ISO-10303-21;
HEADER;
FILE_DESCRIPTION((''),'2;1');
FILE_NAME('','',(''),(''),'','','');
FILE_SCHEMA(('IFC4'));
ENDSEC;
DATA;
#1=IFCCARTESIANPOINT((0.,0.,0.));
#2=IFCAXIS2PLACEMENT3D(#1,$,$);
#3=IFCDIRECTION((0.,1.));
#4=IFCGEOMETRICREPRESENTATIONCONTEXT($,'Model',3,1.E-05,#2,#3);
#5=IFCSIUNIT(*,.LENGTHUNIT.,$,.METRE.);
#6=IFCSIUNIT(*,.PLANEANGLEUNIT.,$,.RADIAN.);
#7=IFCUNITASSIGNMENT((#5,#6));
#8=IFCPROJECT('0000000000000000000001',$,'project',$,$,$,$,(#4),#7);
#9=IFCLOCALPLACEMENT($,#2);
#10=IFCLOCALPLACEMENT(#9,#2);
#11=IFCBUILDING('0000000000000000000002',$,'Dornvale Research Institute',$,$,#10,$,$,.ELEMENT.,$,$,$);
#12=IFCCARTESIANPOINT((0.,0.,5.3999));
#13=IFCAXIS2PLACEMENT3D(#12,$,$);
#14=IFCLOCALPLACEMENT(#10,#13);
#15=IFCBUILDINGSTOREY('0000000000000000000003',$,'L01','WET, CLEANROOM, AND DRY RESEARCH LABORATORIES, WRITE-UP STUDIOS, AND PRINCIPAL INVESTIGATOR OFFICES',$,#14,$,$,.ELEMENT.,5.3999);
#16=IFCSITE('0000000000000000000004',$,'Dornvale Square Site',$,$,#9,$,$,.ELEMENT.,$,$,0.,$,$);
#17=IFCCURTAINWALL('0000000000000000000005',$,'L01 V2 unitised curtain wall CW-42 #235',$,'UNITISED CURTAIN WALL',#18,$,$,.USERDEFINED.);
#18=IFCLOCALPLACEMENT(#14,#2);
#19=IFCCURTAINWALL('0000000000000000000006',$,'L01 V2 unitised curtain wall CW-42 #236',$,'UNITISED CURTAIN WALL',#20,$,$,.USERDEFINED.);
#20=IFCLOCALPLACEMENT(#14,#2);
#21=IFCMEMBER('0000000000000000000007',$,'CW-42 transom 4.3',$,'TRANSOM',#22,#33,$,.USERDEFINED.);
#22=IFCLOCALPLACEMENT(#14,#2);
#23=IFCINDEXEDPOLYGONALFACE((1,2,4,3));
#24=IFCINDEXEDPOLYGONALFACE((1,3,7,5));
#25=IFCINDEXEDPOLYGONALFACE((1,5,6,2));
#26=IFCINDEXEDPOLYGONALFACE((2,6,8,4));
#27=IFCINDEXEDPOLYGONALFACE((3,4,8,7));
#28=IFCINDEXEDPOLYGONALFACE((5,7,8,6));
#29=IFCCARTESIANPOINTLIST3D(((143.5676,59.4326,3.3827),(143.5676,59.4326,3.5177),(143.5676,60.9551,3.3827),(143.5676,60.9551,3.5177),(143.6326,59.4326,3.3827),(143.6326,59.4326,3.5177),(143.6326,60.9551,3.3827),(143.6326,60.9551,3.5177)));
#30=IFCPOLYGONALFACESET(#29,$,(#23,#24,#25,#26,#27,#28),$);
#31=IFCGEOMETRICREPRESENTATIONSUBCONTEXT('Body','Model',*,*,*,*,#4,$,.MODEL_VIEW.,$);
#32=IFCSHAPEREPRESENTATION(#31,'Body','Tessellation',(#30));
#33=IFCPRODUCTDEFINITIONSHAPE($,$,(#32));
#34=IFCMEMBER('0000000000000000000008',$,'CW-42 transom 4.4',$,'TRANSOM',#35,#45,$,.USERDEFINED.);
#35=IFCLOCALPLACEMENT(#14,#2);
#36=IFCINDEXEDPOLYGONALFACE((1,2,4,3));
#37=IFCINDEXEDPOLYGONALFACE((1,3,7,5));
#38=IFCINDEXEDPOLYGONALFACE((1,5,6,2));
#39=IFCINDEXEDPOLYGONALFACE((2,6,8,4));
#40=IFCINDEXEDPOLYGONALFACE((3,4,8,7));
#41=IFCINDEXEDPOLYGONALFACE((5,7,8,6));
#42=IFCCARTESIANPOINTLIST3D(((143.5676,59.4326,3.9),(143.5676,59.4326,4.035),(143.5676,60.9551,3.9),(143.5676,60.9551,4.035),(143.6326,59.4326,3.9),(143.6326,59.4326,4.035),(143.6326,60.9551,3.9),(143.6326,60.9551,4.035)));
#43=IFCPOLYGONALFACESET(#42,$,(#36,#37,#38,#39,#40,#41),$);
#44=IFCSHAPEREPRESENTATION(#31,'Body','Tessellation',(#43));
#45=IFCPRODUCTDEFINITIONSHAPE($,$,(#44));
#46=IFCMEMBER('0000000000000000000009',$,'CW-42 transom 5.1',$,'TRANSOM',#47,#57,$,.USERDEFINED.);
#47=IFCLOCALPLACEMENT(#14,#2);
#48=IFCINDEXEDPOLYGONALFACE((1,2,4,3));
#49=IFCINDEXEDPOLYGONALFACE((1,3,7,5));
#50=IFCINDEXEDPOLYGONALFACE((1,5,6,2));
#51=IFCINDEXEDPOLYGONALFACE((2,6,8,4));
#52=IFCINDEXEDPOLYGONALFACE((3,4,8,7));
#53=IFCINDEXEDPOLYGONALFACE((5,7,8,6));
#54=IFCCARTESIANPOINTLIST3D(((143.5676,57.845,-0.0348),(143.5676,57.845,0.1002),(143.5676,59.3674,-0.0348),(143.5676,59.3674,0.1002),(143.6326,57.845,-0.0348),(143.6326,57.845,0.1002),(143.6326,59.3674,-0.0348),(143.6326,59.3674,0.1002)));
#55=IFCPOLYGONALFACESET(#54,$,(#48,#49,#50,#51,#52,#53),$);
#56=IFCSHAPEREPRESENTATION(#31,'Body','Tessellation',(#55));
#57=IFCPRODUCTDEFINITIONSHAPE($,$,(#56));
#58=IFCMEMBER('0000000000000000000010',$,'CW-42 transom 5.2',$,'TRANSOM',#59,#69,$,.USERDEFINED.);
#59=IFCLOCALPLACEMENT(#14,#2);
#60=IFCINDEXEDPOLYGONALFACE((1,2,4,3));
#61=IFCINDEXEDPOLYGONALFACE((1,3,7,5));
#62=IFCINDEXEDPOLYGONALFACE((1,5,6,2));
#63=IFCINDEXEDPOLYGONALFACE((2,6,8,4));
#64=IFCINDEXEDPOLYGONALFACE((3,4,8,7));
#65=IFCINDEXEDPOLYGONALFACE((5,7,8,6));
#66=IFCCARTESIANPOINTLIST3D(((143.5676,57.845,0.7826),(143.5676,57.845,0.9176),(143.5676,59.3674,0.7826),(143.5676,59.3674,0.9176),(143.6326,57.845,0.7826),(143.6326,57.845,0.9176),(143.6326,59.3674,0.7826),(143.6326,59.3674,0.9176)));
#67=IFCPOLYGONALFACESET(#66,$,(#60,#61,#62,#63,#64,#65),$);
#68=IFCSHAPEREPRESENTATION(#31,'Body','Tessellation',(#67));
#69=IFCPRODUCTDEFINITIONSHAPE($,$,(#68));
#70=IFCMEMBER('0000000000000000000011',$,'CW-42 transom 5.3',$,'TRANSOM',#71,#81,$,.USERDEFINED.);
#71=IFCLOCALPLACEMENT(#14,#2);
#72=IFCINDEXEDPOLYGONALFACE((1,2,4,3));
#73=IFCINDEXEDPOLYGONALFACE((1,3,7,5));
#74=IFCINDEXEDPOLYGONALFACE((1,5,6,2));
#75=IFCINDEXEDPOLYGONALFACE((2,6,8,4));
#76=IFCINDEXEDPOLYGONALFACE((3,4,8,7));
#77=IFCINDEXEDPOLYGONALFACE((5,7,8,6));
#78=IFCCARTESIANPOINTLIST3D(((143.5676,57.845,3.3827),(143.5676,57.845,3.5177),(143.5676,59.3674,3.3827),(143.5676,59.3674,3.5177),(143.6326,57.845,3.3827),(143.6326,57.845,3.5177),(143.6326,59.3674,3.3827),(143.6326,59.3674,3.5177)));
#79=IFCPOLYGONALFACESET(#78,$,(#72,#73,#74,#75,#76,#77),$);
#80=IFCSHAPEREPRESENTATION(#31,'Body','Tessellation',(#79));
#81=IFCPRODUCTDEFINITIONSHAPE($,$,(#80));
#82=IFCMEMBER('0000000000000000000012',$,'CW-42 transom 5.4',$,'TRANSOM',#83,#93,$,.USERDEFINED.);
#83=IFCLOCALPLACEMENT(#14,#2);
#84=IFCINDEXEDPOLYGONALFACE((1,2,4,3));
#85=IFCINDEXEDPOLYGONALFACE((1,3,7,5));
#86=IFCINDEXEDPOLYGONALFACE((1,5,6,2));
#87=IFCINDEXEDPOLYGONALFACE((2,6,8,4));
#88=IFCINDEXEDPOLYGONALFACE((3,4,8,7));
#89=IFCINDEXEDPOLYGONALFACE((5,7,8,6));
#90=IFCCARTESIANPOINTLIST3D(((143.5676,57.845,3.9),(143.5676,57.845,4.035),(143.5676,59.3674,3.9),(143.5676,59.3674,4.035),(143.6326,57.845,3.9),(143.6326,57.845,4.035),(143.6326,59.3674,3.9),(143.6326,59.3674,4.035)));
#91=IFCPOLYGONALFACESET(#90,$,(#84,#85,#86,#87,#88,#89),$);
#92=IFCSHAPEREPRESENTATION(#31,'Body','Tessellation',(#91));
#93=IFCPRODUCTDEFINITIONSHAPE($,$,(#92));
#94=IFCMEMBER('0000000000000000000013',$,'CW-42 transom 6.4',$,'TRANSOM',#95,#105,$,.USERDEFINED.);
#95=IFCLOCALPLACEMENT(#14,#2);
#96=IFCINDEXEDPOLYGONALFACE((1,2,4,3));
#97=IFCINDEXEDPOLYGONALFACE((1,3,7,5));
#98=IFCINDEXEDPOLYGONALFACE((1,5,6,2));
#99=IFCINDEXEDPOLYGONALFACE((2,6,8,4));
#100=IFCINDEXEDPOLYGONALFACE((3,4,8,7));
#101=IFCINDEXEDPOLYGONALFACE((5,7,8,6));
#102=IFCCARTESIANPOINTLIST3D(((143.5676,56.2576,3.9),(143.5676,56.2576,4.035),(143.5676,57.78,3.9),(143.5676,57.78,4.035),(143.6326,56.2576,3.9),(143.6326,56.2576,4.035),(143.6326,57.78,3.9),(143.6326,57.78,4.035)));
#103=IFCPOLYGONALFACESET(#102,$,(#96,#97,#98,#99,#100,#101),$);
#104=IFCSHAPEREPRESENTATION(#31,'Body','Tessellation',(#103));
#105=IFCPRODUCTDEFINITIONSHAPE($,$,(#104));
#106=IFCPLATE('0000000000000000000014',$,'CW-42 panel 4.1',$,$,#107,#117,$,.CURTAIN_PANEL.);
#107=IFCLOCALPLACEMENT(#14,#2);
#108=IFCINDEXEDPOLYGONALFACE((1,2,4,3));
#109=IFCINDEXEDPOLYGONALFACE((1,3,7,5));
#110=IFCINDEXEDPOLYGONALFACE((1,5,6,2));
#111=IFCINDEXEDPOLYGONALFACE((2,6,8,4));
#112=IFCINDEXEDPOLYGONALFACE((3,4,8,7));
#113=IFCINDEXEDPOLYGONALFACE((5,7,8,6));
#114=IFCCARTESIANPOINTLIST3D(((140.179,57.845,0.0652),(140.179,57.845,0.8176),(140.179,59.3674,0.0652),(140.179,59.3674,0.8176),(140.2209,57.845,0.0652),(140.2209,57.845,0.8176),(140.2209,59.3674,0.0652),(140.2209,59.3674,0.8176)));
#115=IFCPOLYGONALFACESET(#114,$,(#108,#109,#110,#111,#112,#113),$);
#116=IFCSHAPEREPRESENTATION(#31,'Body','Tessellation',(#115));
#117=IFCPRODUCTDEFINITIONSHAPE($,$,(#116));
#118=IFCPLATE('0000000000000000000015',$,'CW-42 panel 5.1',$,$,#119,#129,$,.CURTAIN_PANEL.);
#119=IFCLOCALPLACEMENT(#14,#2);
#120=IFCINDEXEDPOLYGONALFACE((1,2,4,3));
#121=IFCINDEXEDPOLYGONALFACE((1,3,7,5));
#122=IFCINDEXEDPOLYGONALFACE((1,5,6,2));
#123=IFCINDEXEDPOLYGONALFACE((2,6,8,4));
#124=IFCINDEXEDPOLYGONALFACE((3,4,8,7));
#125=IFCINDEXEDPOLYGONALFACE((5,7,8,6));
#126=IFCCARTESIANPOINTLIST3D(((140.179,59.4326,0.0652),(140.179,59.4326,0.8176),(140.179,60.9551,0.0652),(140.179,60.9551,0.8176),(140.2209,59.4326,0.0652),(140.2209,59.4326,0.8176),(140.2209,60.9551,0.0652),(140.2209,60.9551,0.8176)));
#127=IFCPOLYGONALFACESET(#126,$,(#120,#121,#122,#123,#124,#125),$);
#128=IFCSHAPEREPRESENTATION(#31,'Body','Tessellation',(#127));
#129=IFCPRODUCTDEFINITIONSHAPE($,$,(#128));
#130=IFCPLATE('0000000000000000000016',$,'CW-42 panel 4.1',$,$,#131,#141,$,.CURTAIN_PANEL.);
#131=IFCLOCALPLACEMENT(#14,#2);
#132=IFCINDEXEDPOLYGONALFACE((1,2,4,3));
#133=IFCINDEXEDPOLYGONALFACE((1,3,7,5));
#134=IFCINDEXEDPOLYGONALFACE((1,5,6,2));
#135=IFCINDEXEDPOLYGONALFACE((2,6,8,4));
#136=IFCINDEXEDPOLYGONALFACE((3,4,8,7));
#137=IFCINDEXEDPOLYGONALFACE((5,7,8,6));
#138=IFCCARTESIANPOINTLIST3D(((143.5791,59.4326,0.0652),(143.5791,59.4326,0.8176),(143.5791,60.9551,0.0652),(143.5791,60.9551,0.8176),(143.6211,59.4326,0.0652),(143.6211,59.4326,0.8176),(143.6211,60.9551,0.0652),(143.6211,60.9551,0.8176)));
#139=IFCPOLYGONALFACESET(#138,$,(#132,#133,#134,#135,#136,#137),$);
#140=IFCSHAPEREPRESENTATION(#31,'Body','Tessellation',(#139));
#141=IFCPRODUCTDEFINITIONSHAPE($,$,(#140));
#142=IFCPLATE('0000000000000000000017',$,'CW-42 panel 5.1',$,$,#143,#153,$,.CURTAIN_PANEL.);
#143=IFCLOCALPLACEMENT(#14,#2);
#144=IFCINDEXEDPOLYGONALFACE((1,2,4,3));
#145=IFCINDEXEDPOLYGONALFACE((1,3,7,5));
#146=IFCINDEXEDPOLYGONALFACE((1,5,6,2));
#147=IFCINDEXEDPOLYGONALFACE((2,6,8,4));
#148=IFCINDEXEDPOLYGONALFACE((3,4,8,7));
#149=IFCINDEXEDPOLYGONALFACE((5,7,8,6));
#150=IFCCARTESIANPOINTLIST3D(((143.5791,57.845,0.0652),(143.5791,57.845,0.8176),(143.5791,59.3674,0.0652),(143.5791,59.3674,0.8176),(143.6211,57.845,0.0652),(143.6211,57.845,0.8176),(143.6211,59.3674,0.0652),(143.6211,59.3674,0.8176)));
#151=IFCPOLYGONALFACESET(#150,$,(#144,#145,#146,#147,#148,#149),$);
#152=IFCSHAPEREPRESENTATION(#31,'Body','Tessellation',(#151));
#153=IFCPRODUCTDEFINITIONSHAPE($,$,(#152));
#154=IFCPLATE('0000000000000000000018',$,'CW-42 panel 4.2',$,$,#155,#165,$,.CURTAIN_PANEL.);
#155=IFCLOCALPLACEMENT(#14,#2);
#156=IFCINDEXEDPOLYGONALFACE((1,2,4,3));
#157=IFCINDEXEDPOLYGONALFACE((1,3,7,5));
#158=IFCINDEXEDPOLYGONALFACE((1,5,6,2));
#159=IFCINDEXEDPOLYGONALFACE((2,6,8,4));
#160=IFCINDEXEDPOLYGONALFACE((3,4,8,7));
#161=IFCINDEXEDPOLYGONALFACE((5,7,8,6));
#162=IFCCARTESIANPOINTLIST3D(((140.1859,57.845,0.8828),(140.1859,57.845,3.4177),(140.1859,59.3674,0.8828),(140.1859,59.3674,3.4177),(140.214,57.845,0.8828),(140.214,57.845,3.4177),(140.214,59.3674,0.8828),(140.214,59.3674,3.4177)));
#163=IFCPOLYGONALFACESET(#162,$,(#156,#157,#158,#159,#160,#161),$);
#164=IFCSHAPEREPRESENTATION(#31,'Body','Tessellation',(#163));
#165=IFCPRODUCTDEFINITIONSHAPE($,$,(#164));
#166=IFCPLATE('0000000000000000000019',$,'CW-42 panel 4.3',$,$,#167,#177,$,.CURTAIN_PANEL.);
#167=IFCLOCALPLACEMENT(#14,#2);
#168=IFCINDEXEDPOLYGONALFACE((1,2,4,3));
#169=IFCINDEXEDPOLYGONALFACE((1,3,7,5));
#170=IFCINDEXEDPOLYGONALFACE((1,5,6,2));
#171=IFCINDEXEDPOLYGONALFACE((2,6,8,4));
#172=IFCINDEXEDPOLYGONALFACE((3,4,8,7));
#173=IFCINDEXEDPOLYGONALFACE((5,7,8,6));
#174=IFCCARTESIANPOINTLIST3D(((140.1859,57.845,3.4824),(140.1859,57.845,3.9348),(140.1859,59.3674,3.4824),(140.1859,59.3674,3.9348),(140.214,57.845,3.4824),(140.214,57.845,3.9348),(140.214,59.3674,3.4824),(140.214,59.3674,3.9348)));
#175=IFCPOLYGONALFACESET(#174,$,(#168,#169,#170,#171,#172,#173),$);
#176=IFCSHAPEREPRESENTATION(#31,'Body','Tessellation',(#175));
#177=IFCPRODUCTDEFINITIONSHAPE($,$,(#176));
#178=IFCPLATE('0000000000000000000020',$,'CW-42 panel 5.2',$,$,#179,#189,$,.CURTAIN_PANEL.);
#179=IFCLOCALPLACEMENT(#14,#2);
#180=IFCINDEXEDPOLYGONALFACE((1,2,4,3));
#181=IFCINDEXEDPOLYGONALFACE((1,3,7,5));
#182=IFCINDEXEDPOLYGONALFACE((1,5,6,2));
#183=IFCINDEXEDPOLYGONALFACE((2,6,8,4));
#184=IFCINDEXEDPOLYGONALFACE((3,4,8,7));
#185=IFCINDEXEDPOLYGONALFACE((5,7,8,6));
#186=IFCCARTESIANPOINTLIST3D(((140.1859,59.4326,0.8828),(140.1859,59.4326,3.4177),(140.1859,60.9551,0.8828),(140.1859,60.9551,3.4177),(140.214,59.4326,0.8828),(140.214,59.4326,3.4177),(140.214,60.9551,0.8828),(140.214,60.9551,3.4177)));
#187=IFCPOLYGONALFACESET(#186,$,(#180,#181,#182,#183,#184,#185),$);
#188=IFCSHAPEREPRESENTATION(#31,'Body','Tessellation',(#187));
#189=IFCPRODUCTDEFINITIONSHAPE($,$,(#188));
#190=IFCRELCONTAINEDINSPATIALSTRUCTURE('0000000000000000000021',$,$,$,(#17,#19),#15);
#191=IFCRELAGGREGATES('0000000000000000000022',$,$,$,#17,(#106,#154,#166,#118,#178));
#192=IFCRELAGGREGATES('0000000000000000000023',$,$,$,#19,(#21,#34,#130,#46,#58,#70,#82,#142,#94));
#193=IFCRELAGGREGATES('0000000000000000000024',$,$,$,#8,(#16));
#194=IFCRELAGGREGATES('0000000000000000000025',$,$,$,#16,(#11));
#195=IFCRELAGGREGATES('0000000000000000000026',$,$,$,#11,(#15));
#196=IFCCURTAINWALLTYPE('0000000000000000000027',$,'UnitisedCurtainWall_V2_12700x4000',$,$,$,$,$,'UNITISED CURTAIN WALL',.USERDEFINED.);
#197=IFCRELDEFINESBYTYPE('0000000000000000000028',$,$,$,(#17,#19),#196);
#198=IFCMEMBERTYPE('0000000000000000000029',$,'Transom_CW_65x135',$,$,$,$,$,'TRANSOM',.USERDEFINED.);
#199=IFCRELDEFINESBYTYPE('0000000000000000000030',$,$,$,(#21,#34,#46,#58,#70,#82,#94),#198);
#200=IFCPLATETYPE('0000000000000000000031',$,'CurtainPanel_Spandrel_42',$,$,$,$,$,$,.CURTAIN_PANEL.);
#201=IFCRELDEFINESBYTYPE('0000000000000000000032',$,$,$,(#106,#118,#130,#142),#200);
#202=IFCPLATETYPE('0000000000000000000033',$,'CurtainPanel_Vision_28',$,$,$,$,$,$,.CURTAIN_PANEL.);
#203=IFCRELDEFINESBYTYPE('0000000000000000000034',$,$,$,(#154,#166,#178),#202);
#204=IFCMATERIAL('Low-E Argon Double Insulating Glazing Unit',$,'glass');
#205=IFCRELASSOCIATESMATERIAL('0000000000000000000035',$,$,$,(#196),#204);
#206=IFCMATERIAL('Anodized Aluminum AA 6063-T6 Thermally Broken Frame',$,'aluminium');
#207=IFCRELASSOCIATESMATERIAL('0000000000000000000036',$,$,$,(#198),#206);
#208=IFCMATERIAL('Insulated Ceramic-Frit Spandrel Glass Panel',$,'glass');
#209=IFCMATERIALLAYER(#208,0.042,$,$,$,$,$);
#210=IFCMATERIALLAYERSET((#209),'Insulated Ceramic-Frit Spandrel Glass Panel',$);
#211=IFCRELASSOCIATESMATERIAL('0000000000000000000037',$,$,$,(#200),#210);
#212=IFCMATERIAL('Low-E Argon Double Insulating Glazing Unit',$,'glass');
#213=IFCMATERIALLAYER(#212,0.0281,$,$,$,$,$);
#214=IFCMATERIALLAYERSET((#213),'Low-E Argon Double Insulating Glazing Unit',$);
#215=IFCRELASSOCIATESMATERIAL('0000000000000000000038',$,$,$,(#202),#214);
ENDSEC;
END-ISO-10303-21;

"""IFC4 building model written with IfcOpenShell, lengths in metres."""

from ifc_helpers import new_model, si_unit, direction, frame, origin, origin_2d, place, context, subcontext, project, spatial, rectangle, extrude, material, layer, layer_set, material_profile, profile_set, type_object, element, aggregate, save


model = new_model("IFC4")

# Units and contexts
model_context = context("Model", 3, precision=1e-05, world=origin(), true_north=direction((0.0, 1.0)))
body_context = subcontext(model_context, "Body", "Model", "MODEL_VIEW")
ifc_project = project(units=[si_unit("LENGTHUNIT", "METRE"), si_unit("PLANEANGLEUNIT", "RADIAN")], contexts=[model_context])

# Site, building, storey
site_placement = place(None, origin())
site = spatial("IfcSite", under=ifc_project, at=site_placement, Name="Dornvale Square Site", CompositionType="ELEMENT", RefElevation=0.0)
building_placement = place(site_placement, origin())
building = spatial("IfcBuilding", under=site, at=building_placement, Name="Dornvale Research Institute", CompositionType="ELEMENT")
storey_placement = place(building_placement, frame((0.0, 0.0, 5.3999)))
storey = spatial("IfcBuildingStorey", under=building, at=storey_placement, Name="L01", Description="WET, CLEANROOM, AND DRY RESEARCH LABORATORIES, WRITE-UP STUDIOS, AND PRINCIPAL INVESTIGATOR OFFICES", CompositionType="ELEMENT", Elevation=5.3999)

# Curtain walls
ifc_material_1 = material(Name="Low-E Argon Double Insulating Glazing Unit", Category="glass")
curtain_wall_type = type_object("IfcCurtainWallType", Name="UnitisedCurtainWall_V2_12700x4000", ElementType="UNITISED CURTAIN WALL", PredefinedType="USERDEFINED", material=ifc_material_1)
curtain_wall_1_placement = place(storey_placement, origin())
curtain_wall_1 = element("IfcCurtainWall", 1, at=curtain_wall_1_placement, inside=storey, type_object=curtain_wall_type, Name="L01 V2 unitised curtain wall CW-42 #235", ObjectType="UNITISED CURTAIN WALL", PredefinedType="USERDEFINED")
curtain_wall_2_placement = place(storey_placement, origin())
curtain_wall_2 = element("IfcCurtainWall", 2, at=curtain_wall_2_placement, inside=storey, type_object=curtain_wall_type, Name="L01 V2 unitised curtain wall CW-42 #236", ObjectType="UNITISED CURTAIN WALL", PredefinedType="USERDEFINED")

# Members
ifc_material_2 = material(Name="Anodized Aluminum AA 6063-T6 Thermally Broken Frame", Category="aluminium")
ifc_material_profile_1 = material_profile(ifc_material_2, rectangle(XDim=0.0649, YDim=0.135, at=origin_2d()), Name="ALU TRANSOM 65x135")
ifc_profile_set_1 = profile_set([ifc_material_profile_1], Name="Anodized Aluminum AA 6063-T6 Thermally Broken Frame")
member_type_1 = type_object("IfcMemberType", Name="Transom_CW_65x135", ElementType="TRANSOM", PredefinedType="USERDEFINED", material=ifc_profile_set_1)
member_1_placement = place(storey_placement, frame((143.6001, 60.9551, 3.4502), z_axis=(0.0, -1.0, 0.0), x_axis=(1.0, 0.0, 0.0)))
member_1 = element("IfcMember", 3, at=member_1_placement, type_object=member_type_1, Name="CW-42 transom 4.3", ObjectType="TRANSOM", PredefinedType="USERDEFINED", context=body_context, shape_type="SweptSolid", body=[
    extrude(rectangle(XDim=0.0649, YDim=0.135, at=origin_2d()), origin(), (0.0, 0.0, 1.0), 1.5225),
])
member_2_placement = place(storey_placement, frame((143.6001, 60.9551, 3.9675), z_axis=(0.0, -1.0, 0.0), x_axis=(1.0, 0.0, 0.0)))
member_2 = element("IfcMember", 4, at=member_2_placement, type_object=member_type_1, Name="CW-42 transom 4.4", ObjectType="TRANSOM", PredefinedType="USERDEFINED", context=body_context, shape_type="SweptSolid", body=[
    extrude(rectangle(XDim=0.0649, YDim=0.135, at=origin_2d()), origin(), (0.0, 0.0, 1.0), 1.5225),
])
member_3_placement = place(storey_placement, frame((143.6001, 59.3674, 0.0327), z_axis=(0.0, -1.0, 0.0), x_axis=(1.0, 0.0, 0.0)))
member_3 = element("IfcMember", 5, at=member_3_placement, type_object=member_type_1, Name="CW-42 transom 5.1", ObjectType="TRANSOM", PredefinedType="USERDEFINED", context=body_context, shape_type="SweptSolid", body=[
    extrude(rectangle(XDim=0.0649, YDim=0.135, at=origin_2d()), origin(), (0.0, 0.0, 1.0), 1.5225),
])
member_4_placement = place(storey_placement, frame((143.6001, 59.3674, 0.8501), z_axis=(0.0, -1.0, 0.0), x_axis=(1.0, 0.0, 0.0)))
member_4 = element("IfcMember", 6, at=member_4_placement, type_object=member_type_1, Name="CW-42 transom 5.2", ObjectType="TRANSOM", PredefinedType="USERDEFINED", context=body_context, shape_type="SweptSolid", body=[
    extrude(rectangle(XDim=0.0649, YDim=0.135, at=origin_2d()), origin(), (0.0, 0.0, 1.0), 1.5225),
])
member_5_placement = place(storey_placement, frame((143.6001, 59.3674, 3.4502), z_axis=(0.0, -1.0, 0.0), x_axis=(1.0, 0.0, 0.0)))
member_5 = element("IfcMember", 7, at=member_5_placement, type_object=member_type_1, Name="CW-42 transom 5.3", ObjectType="TRANSOM", PredefinedType="USERDEFINED", context=body_context, shape_type="SweptSolid", body=[
    extrude(rectangle(XDim=0.0649, YDim=0.135, at=origin_2d()), origin(), (0.0, 0.0, 1.0), 1.5225),
])
member_6_placement = place(storey_placement, frame((143.6001, 59.3674, 3.9675), z_axis=(0.0, -1.0, 0.0), x_axis=(1.0, 0.0, 0.0)))
member_6 = element("IfcMember", 8, at=member_6_placement, type_object=member_type_1, Name="CW-42 transom 5.4", ObjectType="TRANSOM", PredefinedType="USERDEFINED", context=body_context, shape_type="SweptSolid", body=[
    extrude(rectangle(XDim=0.0649, YDim=0.135, at=origin_2d()), origin(), (0.0, 0.0, 1.0), 1.5225),
])
member_7_placement = place(storey_placement, frame((143.6001, 57.78, 3.9675), z_axis=(0.0, -1.0, 0.0), x_axis=(1.0, 0.0, 0.0)))
member_7 = element("IfcMember", 9, at=member_7_placement, type_object=member_type_1, Name="CW-42 transom 6.4", ObjectType="TRANSOM", PredefinedType="USERDEFINED", context=body_context, shape_type="SweptSolid", body=[
    extrude(rectangle(XDim=0.0649, YDim=0.135, at=origin_2d()), origin(), (0.0, 0.0, 1.0), 1.5225),
])

# Plates
ifc_material_3 = material(Name="Insulated Ceramic-Frit Spandrel Glass Panel", Category="glass")
ifc_layer_1 = layer(ifc_material_3, 0.042)
ifc_layer_set_1 = layer_set([ifc_layer_1], Name="Insulated Ceramic-Frit Spandrel Glass Panel")
plate_type_1 = type_object("IfcPlateType", Name="CurtainPanel_Spandrel_42", PredefinedType="CURTAIN_PANEL", material=ifc_layer_set_1)
plate_1_placement = place(storey_placement, frame((140.2, 58.6062, 0.0652), z_axis=(0.0, 0.0, 1.0), x_axis=(0.0, 1.0, 0.0)))
plate_1 = element("IfcPlate", 10, at=plate_1_placement, type_object=plate_type_1, Name="CW-42 panel 4.1", PredefinedType="CURTAIN_PANEL", context=body_context, shape_type="SweptSolid", body=[
    extrude(rectangle(XDim=1.5225, YDim=0.042, at=origin_2d()), origin(), (0.0, 0.0, 1.0), 0.7524),
])
plate_2_placement = place(storey_placement, frame((140.2, 60.1938, 0.0652), z_axis=(0.0, 0.0, 1.0), x_axis=(0.0, 1.0, 0.0)))
plate_2 = element("IfcPlate", 11, at=plate_2_placement, type_object=plate_type_1, Name="CW-42 panel 5.1", PredefinedType="CURTAIN_PANEL", context=body_context, shape_type="SweptSolid", body=[
    extrude(rectangle(XDim=1.5225, YDim=0.042, at=origin_2d()), origin(), (0.0, 0.0, 1.0), 0.7524),
])
plate_3_placement = place(storey_placement, frame((143.6001, 60.1938, 0.0652), z_axis=(0.0, 0.0, 1.0), x_axis=(0.0, -1.0, 0.0)))
plate_3 = element("IfcPlate", 12, at=plate_3_placement, type_object=plate_type_1, Name="CW-42 panel 4.1", PredefinedType="CURTAIN_PANEL", context=body_context, shape_type="SweptSolid", body=[
    extrude(rectangle(XDim=1.5225, YDim=0.042, at=origin_2d()), origin(), (0.0, 0.0, 1.0), 0.7524),
])
plate_4_placement = place(storey_placement, frame((143.6001, 58.6062, 0.0652), z_axis=(0.0, 0.0, 1.0), x_axis=(0.0, -1.0, 0.0)))
plate_4 = element("IfcPlate", 13, at=plate_4_placement, type_object=plate_type_1, Name="CW-42 panel 5.1", PredefinedType="CURTAIN_PANEL", context=body_context, shape_type="SweptSolid", body=[
    extrude(rectangle(XDim=1.5225, YDim=0.042, at=origin_2d()), origin(), (0.0, 0.0, 1.0), 0.7524),
])
ifc_material_4 = material(Name="Low-E Argon Double Insulating Glazing Unit", Category="glass")
ifc_layer_2 = layer(ifc_material_4, 0.0281)
ifc_layer_set_2 = layer_set([ifc_layer_2], Name="Low-E Argon Double Insulating Glazing Unit")
plate_type_2 = type_object("IfcPlateType", Name="CurtainPanel_Vision_28", PredefinedType="CURTAIN_PANEL", material=ifc_layer_set_2)
plate_5_placement = place(storey_placement, frame((140.2, 58.6062, 0.8828), z_axis=(0.0, 0.0, 1.0), x_axis=(0.0, 1.0, 0.0)))
plate_5 = element("IfcPlate", 14, at=plate_5_placement, type_object=plate_type_2, Name="CW-42 panel 4.2", PredefinedType="CURTAIN_PANEL", context=body_context, shape_type="SweptSolid", body=[
    extrude(rectangle(XDim=1.5225, YDim=0.0281, at=origin_2d()), origin(), (0.0, 0.0, 1.0), 2.5349),
])
plate_6_placement = place(storey_placement, frame((140.2, 58.6062, 3.4824), z_axis=(0.0, 0.0, 1.0), x_axis=(0.0, 1.0, 0.0)))
plate_6 = element("IfcPlate", 15, at=plate_6_placement, type_object=plate_type_2, Name="CW-42 panel 4.3", PredefinedType="CURTAIN_PANEL", context=body_context, shape_type="SweptSolid", body=[
    extrude(rectangle(XDim=1.5225, YDim=0.0281, at=origin_2d()), origin(), (0.0, 0.0, 1.0), 0.4524),
])
plate_7_placement = place(storey_placement, frame((140.2, 60.1938, 0.8828), z_axis=(0.0, 0.0, 1.0), x_axis=(0.0, 1.0, 0.0)))
plate_7 = element("IfcPlate", 16, at=plate_7_placement, type_object=plate_type_2, Name="CW-42 panel 5.2", PredefinedType="CURTAIN_PANEL", context=body_context, shape_type="SweptSolid", body=[
    extrude(rectangle(XDim=1.5225, YDim=0.0281, at=origin_2d()), origin(), (0.0, 0.0, 1.0), 2.5349),
])
aggregate(curtain_wall_1, [plate_1, plate_5, plate_6, plate_2, plate_7])
aggregate(curtain_wall_2, [member_1, member_2, plate_3, member_3, member_4, member_5, member_6, plate_4, member_7])

save(model, "model.ifc")
